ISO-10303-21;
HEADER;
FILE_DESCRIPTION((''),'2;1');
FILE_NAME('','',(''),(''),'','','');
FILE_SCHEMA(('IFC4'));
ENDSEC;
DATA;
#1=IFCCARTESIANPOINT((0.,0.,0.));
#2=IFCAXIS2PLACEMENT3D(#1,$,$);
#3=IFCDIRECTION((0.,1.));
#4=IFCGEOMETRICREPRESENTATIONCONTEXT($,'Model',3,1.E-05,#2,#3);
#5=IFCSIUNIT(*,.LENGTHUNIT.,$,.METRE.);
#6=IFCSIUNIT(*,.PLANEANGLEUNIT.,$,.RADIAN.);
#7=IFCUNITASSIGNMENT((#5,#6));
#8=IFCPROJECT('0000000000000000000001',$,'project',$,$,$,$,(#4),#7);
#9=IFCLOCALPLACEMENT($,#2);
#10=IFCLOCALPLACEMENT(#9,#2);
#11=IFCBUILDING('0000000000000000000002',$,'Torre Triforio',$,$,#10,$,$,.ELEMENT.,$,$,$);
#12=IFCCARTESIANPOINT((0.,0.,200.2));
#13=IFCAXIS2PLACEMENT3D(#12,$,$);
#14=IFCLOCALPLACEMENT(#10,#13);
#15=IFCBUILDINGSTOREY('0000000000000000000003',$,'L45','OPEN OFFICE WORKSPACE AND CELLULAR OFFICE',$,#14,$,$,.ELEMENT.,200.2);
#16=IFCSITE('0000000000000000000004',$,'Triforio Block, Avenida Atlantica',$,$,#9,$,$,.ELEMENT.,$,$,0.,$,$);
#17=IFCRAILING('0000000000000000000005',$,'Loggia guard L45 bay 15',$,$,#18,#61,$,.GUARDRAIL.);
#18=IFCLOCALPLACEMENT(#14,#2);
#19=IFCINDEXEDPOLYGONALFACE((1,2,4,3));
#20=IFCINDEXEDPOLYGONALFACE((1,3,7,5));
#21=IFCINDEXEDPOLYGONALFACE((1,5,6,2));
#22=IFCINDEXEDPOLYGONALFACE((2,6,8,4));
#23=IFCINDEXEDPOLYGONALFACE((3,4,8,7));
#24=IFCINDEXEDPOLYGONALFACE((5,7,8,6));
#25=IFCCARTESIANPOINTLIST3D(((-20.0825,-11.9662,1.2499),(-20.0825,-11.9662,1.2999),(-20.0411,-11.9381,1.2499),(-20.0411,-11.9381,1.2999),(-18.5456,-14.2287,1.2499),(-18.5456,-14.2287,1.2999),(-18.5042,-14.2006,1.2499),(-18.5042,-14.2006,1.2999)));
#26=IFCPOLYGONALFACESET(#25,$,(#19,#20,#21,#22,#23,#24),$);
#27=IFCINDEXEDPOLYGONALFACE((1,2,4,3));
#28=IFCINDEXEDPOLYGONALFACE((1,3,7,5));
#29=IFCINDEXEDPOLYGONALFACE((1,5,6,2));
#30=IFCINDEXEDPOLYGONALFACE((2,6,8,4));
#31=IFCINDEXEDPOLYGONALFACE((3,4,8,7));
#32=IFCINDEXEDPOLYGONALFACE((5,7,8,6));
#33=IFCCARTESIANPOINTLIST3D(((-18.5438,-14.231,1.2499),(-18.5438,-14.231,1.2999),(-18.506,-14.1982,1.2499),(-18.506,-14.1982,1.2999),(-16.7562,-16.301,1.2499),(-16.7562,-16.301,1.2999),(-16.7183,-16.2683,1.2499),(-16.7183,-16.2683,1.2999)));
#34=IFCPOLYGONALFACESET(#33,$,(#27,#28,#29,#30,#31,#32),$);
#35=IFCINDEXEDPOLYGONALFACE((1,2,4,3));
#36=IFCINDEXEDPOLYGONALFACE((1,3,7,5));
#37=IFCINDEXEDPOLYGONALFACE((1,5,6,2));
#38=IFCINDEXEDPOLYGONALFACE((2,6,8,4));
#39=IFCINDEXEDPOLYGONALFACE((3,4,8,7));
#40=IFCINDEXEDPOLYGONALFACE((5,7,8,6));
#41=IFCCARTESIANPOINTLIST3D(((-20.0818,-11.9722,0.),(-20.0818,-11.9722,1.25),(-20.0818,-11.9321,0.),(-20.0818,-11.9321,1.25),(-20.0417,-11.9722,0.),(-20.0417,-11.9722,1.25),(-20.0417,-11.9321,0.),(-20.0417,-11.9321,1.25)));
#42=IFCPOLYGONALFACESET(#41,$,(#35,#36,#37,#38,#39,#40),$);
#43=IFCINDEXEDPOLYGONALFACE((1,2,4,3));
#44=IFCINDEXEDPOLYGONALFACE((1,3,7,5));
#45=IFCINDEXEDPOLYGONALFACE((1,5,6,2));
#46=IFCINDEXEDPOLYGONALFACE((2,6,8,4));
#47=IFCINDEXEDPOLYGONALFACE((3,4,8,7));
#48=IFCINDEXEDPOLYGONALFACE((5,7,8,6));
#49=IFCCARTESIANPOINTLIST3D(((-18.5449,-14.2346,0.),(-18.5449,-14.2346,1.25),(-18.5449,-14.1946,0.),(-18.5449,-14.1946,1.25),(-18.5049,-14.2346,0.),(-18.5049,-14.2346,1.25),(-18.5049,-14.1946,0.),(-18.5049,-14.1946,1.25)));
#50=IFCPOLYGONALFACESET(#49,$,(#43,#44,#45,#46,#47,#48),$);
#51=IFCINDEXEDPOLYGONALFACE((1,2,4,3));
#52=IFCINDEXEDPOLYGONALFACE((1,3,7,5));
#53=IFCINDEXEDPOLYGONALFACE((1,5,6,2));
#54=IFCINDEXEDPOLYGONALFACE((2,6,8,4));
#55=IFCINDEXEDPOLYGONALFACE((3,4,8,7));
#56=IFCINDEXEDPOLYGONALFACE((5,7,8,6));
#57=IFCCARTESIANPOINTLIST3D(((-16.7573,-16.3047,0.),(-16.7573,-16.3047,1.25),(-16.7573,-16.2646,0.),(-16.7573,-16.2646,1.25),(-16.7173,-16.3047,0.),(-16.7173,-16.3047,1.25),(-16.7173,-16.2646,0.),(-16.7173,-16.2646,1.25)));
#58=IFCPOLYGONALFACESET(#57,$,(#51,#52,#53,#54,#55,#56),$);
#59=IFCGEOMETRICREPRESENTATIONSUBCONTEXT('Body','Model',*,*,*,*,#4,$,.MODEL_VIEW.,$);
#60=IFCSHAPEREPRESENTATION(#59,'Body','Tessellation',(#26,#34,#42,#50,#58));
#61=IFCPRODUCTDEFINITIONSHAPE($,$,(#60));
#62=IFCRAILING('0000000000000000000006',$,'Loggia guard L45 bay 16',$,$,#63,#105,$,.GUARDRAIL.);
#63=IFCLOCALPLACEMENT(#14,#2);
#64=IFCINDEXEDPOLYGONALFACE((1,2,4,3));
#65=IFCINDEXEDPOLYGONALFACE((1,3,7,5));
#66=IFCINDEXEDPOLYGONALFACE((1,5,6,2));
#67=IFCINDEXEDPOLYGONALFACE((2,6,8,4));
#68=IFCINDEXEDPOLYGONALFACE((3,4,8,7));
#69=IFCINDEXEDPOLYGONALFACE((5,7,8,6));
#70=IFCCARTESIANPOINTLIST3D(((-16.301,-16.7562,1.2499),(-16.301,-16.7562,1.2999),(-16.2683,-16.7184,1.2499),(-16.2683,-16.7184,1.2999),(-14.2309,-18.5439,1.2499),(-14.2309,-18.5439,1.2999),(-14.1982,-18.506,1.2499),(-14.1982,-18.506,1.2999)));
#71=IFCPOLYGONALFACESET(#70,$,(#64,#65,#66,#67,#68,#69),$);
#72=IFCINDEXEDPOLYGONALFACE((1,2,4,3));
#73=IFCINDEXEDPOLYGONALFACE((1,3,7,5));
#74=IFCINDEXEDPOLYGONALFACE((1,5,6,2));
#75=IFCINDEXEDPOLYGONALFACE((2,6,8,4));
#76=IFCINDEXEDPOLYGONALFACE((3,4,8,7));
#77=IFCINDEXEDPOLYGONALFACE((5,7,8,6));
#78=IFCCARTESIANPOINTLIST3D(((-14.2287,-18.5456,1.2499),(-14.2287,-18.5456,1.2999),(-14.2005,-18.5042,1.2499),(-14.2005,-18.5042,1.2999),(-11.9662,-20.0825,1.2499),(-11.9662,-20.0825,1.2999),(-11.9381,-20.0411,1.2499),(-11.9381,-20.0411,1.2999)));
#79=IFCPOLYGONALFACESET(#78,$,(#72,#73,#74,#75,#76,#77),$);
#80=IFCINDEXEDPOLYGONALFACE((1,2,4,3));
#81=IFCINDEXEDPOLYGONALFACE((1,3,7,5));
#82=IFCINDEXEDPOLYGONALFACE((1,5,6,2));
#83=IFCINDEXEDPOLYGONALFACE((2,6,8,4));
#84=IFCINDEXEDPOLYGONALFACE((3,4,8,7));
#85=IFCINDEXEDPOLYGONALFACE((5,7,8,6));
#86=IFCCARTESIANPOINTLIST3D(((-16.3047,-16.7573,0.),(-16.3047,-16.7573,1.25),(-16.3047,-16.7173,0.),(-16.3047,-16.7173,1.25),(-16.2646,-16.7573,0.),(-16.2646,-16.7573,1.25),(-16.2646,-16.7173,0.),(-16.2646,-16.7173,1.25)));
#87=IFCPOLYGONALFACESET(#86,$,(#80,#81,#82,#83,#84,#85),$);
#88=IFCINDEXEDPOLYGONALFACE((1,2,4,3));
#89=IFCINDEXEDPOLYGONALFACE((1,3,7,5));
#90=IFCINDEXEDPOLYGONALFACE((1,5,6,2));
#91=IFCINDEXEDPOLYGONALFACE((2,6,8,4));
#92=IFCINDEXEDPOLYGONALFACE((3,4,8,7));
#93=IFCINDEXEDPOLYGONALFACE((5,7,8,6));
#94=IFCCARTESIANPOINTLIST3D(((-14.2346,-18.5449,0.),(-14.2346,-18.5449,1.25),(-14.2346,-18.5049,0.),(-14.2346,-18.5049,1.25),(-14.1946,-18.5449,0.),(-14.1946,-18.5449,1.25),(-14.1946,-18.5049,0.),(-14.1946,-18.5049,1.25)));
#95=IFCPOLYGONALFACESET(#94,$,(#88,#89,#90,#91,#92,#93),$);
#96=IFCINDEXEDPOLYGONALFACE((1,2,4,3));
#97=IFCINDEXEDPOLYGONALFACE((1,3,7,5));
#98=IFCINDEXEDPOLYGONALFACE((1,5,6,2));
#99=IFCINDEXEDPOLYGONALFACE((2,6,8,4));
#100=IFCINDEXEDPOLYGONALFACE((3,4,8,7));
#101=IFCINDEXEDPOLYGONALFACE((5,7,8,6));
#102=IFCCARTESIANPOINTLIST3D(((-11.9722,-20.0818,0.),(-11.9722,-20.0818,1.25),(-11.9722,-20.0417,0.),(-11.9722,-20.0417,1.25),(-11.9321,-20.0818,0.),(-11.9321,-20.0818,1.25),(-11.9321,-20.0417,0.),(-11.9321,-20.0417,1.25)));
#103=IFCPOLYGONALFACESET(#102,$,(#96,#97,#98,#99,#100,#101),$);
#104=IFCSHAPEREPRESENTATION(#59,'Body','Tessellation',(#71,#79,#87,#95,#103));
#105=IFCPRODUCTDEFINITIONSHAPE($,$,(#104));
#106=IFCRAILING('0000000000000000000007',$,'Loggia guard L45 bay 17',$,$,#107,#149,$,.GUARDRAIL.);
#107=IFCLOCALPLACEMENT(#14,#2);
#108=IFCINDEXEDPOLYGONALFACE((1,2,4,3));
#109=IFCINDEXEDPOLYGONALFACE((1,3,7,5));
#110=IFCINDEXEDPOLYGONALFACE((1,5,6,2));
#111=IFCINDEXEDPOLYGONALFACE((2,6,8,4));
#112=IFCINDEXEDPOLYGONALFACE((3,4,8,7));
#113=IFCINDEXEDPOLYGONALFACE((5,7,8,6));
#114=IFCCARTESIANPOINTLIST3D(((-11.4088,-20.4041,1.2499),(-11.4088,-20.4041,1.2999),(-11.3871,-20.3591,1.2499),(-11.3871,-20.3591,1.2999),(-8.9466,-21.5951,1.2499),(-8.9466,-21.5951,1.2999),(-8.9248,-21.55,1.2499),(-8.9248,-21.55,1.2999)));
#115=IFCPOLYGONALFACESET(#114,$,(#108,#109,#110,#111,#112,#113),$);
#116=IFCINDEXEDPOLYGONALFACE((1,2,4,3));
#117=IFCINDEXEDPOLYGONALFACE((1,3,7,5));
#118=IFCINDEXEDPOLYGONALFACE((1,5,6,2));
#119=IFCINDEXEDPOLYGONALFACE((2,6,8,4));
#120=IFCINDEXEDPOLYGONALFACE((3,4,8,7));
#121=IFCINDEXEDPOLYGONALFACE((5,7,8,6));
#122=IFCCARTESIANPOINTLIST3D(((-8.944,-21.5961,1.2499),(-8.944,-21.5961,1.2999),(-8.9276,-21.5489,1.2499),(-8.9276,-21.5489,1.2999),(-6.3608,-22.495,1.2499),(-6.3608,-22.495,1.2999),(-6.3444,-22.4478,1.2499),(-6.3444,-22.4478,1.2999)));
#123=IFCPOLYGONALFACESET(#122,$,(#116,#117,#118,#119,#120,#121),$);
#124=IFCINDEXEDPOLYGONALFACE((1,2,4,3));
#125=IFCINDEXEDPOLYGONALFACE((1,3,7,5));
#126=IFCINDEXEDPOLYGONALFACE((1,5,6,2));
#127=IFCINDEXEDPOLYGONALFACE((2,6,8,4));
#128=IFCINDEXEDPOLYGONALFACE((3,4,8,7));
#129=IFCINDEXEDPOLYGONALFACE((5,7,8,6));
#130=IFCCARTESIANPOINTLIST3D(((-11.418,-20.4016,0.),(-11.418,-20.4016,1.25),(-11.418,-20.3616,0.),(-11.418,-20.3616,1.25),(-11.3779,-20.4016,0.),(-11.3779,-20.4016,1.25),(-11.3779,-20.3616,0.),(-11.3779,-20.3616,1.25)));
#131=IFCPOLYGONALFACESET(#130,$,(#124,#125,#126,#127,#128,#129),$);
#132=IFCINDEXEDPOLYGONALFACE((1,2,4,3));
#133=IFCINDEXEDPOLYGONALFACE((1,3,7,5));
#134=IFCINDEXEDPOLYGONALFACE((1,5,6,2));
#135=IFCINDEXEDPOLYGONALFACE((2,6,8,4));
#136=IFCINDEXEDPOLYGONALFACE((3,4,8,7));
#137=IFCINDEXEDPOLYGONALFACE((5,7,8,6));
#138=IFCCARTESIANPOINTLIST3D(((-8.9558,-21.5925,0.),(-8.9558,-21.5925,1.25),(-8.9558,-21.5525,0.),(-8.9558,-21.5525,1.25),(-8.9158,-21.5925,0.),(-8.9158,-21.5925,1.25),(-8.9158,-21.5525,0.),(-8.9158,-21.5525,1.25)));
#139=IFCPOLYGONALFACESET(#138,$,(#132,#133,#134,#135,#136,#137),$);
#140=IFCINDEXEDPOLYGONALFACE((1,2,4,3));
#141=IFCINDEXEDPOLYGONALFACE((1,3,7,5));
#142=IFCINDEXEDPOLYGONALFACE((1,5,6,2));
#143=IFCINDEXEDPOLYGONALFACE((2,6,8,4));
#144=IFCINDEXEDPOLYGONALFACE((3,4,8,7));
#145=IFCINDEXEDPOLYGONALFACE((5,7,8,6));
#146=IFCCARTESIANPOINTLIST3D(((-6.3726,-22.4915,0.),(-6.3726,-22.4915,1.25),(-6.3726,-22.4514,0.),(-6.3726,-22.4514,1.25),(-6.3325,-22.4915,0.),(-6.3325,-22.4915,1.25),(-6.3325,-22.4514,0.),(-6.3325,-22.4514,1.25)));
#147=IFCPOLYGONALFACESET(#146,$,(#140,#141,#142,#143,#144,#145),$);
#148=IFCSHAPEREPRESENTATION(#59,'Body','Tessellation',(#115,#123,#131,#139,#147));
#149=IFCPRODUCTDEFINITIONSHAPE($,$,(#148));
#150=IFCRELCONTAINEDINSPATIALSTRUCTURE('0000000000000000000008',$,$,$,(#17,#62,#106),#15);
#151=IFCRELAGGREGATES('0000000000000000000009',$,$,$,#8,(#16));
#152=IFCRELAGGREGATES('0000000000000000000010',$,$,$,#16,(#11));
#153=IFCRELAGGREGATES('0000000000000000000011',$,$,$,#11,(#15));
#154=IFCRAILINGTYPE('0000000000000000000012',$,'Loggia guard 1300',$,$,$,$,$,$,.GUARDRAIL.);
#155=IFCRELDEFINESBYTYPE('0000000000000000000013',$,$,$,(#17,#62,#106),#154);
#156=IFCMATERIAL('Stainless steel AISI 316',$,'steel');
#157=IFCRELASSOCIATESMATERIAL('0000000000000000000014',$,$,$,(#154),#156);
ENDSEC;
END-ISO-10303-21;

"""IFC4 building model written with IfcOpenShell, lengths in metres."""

from ifc_helpers import new_model, si_unit, direction, frame, origin, origin_2d, place, context, subcontext, project, spatial, rectangle, extrude, material, type_object, element, save


model = new_model("IFC4")

# Units and contexts
model_context = context("Model", 3, precision=1e-05, world=origin(), true_north=direction((0.0, 1.0)))
body_context = subcontext(model_context, "Body", "Model", "MODEL_VIEW")
ifc_project = project(units=[si_unit("LENGTHUNIT", "METRE"), si_unit("PLANEANGLEUNIT", "RADIAN")], contexts=[model_context])

# Site, building, storey
site_placement = place(None, origin())
site = spatial("IfcSite", under=ifc_project, at=site_placement, Name="Triforio Block, Avenida Atlantica", CompositionType="ELEMENT", RefElevation=0.0)
building_placement = place(site_placement, origin())
building = spatial("IfcBuilding", under=site, at=building_placement, Name="Torre Triforio", CompositionType="ELEMENT")
storey_placement = place(building_placement, frame((0.0, 0.0, 200.2)))
storey = spatial("IfcBuildingStorey", under=building, at=storey_placement, Name="L45", Description="OPEN OFFICE WORKSPACE AND CELLULAR OFFICE", CompositionType="ELEMENT", Elevation=200.2)

# Railings
ifc_material_1 = material(Name="Stainless steel AISI 316", Category="steel")
railing_type = type_object("IfcRailingType", Name="Loggia guard 1300", PredefinedType="GUARDRAIL", material=ifc_material_1)
railing_1_placement = place(storey_placement, frame((-20.0618, -11.9521, 0.0)))
element("IfcRailing", 1, at=railing_1_placement, inside=storey, type_object=railing_type, Name="Loggia guard L45 bay 15", PredefinedType="GUARDRAIL", context=body_context, shape_type="SweptSolid", body=[
    extrude(rectangle(XDim=0.05, YDim=0.05, at=origin_2d()), frame((0.0, 0.0, 1.2749), z_axis=(0.56191, -0.827199, 0.0), x_axis=(0.827199, 0.56191, 0.0)), (0.0, 0.0, 1.0), 2.7351),
    extrude(rectangle(XDim=0.05, YDim=0.05, at=origin_2d()), frame((1.5369, -2.2625, 1.2749), z_axis=(0.65358, -0.756857, 0.0), x_axis=(0.756857, 0.65358, 0.0)), (0.0, 0.0, 1.0), 2.7351),
    extrude(rectangle(XDim=0.04, YDim=0.04, at=origin_2d()), origin(), (0.0, 0.0, 1.0), 1.25),
    extrude(rectangle(XDim=0.04, YDim=0.04, at=origin_2d()), frame((1.5369, -2.2625, 0.0)), (0.0, 0.0, 1.0), 1.25),
    extrude(rectangle(XDim=0.04, YDim=0.04, at=origin_2d()), frame((3.3245, -4.3325, 0.0)), (0.0, 0.0, 1.0), 1.25),
])
railing_2_placement = place(storey_placement, frame((-16.2847, -16.7373, 0.0)))
element("IfcRailing", 2, at=railing_2_placement, inside=storey, type_object=railing_type, Name="Loggia guard L45 bay 16", PredefinedType="GUARDRAIL", context=body_context, shape_type="SweptSolid", body=[
    extrude(rectangle(XDim=0.05, YDim=0.05, at=origin_2d()), frame((0.0, 0.0, 1.2749), z_axis=(0.756857, -0.65358, 0.0), x_axis=(0.65358, 0.756857, 0.0)), (0.0, 0.0, 1.0), 2.7351),
    extrude(rectangle(XDim=0.05, YDim=0.05, at=origin_2d()), frame((2.0701, -1.7876, 1.2749), z_axis=(0.827199, -0.56191, 0.0), x_axis=(0.56191, 0.827199, 0.0)), (0.0, 0.0, 1.0), 2.7351),
    extrude(rectangle(XDim=0.04, YDim=0.04, at=origin_2d()), origin(), (0.0, 0.0, 1.0), 1.25),
    extrude(rectangle(XDim=0.04, YDim=0.04, at=origin_2d()), frame((2.0701, -1.7876, 0.0)), (0.0, 0.0, 1.0), 1.25),
    extrude(rectangle(XDim=0.04, YDim=0.04, at=origin_2d()), frame((4.3325, -3.3245, 0.0)), (0.0, 0.0, 1.0), 1.25),
])
railing_3_placement = place(storey_placement, frame((-11.3979, -20.3816, 0.0)))
element("IfcRailing", 3, at=railing_3_placement, inside=storey, type_object=railing_type, Name="Loggia guard L45 bay 17", PredefinedType="GUARDRAIL", context=body_context, shape_type="SweptSolid", body=[
    extrude(rectangle(XDim=0.05, YDim=0.05, at=origin_2d()), frame((0.0, 0.0, 1.2749), z_axis=(0.900224, -0.435428, 0.0), x_axis=(0.435428, 0.900224, 0.0)), (0.0, 0.0, 1.0), 2.7351),
    extrude(rectangle(XDim=0.05, YDim=0.05, at=origin_2d()), frame((2.4622, -1.1909, 1.2749), z_axis=(0.944451, -0.328652, 0.0), x_axis=(0.328652, 0.944451, 0.0)), (0.0, 0.0, 1.0), 2.7351),
    extrude(rectangle(XDim=0.04, YDim=0.04, at=origin_2d()), origin(), (0.0, 0.0, 1.0), 1.25),
    extrude(rectangle(XDim=0.04, YDim=0.04, at=origin_2d()), frame((2.4622, -1.1909, 0.0)), (0.0, 0.0, 1.0), 1.25),
    extrude(rectangle(XDim=0.04, YDim=0.04, at=origin_2d()), frame((5.0454, -2.0898, 0.0)), (0.0, 0.0, 1.0), 1.25),
])

save(model, "model.ifc")
